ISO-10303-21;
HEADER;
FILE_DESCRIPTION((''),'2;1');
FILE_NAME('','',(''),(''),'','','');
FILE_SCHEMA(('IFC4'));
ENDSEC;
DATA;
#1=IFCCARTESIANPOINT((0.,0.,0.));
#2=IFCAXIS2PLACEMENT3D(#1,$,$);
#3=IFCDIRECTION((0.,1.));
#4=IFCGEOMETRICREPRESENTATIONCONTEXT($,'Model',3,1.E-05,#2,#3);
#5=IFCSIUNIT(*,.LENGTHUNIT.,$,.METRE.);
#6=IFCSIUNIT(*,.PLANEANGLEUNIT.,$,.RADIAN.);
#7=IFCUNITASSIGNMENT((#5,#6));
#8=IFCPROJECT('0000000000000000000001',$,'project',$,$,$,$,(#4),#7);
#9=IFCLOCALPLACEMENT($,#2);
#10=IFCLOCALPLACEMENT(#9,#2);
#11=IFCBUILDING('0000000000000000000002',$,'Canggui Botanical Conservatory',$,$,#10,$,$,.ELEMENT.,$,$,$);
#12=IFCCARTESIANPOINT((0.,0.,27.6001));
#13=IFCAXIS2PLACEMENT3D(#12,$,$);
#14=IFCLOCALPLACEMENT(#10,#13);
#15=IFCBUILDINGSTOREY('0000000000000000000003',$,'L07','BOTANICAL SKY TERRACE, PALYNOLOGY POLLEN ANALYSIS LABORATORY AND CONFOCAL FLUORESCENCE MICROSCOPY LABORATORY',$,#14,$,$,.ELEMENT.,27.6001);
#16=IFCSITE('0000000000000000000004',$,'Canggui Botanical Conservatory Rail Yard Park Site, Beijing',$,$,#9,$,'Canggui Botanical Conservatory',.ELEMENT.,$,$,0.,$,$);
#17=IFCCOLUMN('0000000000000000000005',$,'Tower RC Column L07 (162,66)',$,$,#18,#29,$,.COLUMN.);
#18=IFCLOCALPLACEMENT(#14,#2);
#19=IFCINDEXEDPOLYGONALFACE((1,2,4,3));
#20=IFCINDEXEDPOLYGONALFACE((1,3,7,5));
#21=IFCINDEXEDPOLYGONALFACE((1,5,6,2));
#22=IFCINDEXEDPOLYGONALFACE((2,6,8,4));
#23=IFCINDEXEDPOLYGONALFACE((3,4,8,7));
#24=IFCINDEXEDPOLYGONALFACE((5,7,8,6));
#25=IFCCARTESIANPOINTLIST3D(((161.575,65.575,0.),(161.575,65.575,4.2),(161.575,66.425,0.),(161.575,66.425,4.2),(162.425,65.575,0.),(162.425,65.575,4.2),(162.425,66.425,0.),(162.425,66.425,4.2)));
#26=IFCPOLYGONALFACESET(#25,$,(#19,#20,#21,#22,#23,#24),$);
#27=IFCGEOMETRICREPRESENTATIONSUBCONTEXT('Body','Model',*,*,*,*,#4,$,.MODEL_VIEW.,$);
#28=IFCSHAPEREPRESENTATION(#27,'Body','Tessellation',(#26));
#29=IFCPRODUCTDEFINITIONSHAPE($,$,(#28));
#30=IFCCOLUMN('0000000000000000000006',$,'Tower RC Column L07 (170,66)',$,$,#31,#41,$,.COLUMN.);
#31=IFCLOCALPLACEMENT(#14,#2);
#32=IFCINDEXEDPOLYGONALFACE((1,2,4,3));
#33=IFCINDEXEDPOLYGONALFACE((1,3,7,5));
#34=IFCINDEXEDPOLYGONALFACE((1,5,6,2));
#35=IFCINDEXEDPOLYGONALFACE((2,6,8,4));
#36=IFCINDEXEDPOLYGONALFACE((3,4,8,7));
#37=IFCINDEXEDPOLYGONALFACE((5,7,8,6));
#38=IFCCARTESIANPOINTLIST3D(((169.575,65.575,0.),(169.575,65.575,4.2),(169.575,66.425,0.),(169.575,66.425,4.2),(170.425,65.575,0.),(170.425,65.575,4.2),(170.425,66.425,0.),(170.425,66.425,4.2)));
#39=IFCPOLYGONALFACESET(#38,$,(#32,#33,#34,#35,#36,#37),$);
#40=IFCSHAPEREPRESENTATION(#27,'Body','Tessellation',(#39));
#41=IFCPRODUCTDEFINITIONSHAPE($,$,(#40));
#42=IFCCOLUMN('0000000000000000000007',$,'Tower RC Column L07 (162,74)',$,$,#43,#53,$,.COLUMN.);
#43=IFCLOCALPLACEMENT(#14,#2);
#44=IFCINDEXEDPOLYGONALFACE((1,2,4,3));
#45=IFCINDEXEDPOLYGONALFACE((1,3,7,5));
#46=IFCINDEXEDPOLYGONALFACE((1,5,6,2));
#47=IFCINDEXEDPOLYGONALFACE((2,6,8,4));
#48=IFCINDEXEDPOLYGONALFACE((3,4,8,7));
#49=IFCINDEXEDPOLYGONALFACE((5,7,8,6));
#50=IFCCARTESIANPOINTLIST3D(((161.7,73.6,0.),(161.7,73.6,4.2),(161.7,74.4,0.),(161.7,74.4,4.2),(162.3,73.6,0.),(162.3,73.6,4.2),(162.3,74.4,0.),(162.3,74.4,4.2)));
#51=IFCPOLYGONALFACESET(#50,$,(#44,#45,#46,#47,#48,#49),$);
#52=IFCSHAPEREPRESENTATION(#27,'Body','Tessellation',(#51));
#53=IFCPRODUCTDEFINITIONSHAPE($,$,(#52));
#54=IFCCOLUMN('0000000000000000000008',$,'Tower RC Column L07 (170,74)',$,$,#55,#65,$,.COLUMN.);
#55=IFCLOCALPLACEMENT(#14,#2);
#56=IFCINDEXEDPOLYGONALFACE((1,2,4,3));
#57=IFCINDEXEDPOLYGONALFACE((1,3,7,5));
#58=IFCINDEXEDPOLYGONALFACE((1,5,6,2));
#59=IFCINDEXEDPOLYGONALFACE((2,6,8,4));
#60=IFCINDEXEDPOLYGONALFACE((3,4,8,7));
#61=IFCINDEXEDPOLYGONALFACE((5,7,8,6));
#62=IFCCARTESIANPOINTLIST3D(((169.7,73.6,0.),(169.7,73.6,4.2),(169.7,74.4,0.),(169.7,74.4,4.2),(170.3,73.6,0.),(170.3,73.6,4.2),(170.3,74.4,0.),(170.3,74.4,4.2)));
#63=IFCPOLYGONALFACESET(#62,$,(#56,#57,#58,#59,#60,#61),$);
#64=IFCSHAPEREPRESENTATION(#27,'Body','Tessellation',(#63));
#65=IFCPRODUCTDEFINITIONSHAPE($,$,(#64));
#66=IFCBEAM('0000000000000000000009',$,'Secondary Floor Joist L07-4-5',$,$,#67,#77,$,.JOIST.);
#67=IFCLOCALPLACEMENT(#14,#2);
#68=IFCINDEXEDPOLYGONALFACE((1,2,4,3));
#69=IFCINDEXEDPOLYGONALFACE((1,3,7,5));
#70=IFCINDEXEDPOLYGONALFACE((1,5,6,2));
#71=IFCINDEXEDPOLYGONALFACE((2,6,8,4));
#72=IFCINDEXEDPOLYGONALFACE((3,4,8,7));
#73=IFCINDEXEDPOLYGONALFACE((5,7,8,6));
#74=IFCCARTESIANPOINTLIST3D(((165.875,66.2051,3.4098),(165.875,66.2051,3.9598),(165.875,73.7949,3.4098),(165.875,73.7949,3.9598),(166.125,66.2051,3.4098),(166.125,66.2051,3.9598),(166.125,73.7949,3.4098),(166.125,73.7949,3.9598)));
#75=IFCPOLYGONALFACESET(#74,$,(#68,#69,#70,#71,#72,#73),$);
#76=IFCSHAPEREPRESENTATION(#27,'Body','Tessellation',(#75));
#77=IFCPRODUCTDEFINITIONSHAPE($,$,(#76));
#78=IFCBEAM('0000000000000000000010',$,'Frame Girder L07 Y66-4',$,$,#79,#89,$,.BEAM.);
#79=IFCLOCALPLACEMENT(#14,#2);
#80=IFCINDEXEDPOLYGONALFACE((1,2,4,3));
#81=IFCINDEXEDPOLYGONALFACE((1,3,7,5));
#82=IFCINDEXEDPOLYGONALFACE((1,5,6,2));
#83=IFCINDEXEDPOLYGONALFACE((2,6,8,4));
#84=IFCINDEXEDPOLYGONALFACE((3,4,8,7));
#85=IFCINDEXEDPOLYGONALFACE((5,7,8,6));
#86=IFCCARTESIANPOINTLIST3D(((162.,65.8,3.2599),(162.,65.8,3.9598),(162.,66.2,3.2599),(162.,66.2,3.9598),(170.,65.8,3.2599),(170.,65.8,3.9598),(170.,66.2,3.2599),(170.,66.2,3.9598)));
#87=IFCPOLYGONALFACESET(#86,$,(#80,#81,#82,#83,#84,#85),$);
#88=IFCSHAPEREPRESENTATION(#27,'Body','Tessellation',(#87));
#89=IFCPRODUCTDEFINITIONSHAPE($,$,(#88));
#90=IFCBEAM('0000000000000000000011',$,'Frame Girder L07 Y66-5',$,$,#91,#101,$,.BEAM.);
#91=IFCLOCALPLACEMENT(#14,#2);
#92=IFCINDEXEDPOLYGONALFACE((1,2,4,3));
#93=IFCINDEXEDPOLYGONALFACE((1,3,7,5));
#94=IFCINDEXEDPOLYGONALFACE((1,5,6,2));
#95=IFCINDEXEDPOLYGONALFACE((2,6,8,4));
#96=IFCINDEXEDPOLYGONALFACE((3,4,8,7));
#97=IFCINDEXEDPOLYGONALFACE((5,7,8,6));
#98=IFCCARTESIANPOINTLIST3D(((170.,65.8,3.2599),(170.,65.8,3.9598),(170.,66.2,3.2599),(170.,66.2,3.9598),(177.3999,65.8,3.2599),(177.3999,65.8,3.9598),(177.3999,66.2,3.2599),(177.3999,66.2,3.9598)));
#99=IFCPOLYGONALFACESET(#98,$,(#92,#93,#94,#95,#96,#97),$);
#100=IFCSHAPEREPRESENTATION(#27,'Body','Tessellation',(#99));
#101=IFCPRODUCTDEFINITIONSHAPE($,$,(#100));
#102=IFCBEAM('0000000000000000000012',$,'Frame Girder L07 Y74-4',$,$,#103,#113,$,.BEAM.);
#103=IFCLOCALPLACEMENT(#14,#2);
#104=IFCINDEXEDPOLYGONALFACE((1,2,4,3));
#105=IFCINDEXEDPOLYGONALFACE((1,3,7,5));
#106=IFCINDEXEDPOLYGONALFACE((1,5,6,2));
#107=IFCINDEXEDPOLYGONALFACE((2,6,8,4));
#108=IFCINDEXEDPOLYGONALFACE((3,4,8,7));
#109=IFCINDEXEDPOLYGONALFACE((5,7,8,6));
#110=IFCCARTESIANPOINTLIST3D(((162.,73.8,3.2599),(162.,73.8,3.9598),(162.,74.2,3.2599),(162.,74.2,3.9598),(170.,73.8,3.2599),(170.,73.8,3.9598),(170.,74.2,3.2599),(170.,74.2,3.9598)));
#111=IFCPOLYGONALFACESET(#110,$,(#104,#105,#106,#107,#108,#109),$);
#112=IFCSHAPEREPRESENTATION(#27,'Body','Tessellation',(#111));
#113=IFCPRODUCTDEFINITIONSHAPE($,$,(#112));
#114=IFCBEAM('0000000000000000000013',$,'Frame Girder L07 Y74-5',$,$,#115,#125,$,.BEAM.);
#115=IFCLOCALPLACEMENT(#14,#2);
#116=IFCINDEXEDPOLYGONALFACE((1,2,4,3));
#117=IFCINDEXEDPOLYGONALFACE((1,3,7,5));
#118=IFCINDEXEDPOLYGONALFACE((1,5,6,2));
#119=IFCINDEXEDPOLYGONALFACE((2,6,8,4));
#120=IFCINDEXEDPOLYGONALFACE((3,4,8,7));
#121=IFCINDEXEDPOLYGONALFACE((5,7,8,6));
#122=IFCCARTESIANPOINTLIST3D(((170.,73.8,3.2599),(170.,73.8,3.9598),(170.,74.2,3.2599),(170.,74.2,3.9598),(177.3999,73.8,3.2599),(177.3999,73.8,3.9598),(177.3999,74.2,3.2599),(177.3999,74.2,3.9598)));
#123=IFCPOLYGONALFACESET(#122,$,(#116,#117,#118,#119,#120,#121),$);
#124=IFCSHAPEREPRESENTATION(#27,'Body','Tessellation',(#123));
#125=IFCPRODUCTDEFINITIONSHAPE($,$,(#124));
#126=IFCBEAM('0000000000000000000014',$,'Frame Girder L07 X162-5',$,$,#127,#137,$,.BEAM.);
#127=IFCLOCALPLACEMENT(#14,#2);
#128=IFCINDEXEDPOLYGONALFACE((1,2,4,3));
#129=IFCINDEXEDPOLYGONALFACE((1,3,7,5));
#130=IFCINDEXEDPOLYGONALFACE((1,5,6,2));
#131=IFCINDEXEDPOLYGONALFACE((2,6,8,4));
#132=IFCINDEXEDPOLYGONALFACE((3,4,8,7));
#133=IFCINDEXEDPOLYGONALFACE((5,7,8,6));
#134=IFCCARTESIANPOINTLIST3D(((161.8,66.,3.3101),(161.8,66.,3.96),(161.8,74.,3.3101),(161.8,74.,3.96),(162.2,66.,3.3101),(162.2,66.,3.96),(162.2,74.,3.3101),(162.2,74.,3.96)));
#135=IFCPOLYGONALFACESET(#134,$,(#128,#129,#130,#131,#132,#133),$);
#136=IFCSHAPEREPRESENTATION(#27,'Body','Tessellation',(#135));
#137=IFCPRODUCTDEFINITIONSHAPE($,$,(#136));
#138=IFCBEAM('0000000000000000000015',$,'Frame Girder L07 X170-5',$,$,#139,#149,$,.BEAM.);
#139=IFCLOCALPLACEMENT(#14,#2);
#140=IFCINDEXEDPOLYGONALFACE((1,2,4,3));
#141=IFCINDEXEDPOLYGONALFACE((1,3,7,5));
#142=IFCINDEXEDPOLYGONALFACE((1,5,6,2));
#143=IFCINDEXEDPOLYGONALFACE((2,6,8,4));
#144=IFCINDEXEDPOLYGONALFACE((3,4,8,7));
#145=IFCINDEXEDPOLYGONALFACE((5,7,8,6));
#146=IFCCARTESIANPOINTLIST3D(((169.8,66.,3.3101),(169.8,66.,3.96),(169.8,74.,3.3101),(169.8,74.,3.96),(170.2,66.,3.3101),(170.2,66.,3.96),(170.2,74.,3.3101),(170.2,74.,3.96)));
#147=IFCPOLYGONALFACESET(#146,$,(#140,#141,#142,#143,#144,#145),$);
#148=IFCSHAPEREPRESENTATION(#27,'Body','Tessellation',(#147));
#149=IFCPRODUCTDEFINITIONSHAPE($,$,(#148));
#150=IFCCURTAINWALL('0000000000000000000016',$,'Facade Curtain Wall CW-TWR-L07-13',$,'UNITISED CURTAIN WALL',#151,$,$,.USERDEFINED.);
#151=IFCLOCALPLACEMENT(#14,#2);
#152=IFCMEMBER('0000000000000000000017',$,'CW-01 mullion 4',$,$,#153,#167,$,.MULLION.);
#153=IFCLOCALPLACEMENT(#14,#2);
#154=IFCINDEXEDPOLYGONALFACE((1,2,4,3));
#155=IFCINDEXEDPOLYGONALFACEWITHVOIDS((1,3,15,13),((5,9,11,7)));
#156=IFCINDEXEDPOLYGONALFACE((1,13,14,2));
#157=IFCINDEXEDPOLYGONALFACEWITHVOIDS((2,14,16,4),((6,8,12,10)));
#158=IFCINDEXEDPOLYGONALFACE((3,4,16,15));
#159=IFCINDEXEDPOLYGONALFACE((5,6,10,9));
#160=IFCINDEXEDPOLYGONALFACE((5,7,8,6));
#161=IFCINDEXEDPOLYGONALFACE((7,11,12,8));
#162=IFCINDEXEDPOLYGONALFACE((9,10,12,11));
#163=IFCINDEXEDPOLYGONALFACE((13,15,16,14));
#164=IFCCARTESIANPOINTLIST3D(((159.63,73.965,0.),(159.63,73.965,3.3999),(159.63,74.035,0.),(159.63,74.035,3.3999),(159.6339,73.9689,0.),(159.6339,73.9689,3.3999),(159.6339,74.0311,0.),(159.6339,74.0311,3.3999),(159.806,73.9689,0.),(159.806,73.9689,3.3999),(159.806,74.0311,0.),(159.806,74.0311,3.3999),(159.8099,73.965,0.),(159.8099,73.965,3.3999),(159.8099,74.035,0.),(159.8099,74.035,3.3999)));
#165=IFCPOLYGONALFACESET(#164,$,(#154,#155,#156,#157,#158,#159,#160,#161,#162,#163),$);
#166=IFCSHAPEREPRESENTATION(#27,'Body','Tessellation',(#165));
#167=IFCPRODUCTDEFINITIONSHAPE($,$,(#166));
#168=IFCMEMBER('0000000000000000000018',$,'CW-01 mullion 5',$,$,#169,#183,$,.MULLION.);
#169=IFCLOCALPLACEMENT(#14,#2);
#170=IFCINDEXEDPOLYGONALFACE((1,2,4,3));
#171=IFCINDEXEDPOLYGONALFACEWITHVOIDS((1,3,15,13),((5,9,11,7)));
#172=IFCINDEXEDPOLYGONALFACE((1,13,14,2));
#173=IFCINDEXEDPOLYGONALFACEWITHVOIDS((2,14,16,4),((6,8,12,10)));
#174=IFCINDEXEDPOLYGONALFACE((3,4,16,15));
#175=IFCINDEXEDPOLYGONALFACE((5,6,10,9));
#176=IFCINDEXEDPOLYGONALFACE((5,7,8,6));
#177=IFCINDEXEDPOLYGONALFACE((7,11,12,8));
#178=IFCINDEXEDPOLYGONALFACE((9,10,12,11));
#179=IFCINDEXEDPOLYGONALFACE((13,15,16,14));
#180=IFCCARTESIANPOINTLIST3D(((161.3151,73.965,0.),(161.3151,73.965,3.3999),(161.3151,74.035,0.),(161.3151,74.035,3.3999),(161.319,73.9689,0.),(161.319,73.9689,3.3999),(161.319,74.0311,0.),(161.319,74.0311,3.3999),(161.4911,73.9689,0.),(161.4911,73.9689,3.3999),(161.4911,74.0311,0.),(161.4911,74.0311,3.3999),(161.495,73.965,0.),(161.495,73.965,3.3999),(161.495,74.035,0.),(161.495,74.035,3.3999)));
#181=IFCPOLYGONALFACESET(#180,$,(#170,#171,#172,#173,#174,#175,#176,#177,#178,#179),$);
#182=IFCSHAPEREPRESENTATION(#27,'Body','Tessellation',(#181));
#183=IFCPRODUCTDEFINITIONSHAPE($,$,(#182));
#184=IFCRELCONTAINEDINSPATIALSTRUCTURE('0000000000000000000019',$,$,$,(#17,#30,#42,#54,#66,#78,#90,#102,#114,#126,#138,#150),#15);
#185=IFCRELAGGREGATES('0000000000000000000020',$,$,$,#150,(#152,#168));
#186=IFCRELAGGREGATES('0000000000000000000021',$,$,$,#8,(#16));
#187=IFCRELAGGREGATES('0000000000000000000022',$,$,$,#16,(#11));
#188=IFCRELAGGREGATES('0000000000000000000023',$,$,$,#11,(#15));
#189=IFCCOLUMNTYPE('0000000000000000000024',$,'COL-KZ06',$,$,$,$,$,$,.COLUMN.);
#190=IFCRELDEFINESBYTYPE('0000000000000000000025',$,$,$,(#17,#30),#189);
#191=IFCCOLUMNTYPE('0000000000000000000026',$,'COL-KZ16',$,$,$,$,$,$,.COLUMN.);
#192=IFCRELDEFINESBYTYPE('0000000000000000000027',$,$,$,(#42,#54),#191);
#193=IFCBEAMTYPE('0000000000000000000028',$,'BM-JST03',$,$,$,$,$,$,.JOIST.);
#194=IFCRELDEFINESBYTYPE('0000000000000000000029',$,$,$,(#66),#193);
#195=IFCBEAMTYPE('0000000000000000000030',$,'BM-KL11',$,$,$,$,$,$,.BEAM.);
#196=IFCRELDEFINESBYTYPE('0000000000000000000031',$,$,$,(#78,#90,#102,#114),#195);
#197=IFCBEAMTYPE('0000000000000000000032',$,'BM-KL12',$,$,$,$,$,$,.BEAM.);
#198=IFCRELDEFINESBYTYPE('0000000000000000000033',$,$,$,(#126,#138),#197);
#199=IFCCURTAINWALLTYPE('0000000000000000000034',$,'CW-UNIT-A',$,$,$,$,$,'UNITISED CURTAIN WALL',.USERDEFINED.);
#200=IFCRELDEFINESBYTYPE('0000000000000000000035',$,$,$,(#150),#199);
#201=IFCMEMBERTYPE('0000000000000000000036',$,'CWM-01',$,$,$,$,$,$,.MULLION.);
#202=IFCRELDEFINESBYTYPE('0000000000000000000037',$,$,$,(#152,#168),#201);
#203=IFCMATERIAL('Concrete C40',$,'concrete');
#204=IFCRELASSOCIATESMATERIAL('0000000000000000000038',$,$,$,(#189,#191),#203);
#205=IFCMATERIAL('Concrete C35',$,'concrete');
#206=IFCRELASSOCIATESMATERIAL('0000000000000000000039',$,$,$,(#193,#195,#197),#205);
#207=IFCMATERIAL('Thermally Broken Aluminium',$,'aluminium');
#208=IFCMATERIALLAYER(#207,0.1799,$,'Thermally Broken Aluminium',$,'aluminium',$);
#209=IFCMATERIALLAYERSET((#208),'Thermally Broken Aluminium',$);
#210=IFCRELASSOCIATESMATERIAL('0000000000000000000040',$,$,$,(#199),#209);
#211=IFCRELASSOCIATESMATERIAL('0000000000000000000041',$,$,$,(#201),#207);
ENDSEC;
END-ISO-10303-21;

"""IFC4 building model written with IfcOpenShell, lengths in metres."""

from ifc_helpers import new_model, si_unit, direction, frame, origin, origin_2d, place, context, subcontext, project, spatial, rectangle, hollow_rectangle, extrude, material, layer, layer_set, material_profile, profile_set, type_object, element, aggregate, save


model = new_model("IFC4")

# Units and contexts
model_context = context("Model", 3, precision=1e-05, world=origin(), true_north=direction((0.0, 1.0)))
body_context = subcontext(model_context, "Body", "Model", "MODEL_VIEW")
ifc_project = project(units=[si_unit("LENGTHUNIT", "METRE"), si_unit("PLANEANGLEUNIT", "RADIAN")], contexts=[model_context])

# Site, building, storey
site_placement = place(None, origin())
site = spatial("IfcSite", under=ifc_project, at=site_placement, Name="Canggui Botanical Conservatory Rail Yard Park Site, Beijing", LongName="Canggui Botanical Conservatory", CompositionType="ELEMENT", RefElevation=0.0)
building_placement = place(site_placement, origin())
building = spatial("IfcBuilding", under=site, at=building_placement, Name="Canggui Botanical Conservatory", CompositionType="ELEMENT")
storey_placement = place(building_placement, frame((0.0, 0.0, 27.6001)))
storey = spatial("IfcBuildingStorey", under=building, at=storey_placement, Name="L07", Description="BOTANICAL SKY TERRACE, PALYNOLOGY POLLEN ANALYSIS LABORATORY AND CONFOCAL FLUORESCENCE MICROSCOPY LABORATORY", CompositionType="ELEMENT", Elevation=27.6001)

# Columns
ifc_material_1 = material(Name="Concrete C40", Category="concrete")
ifc_material_profile_1 = material_profile(ifc_material_1, rectangle(XDim=0.8501, YDim=0.8501, at=origin_2d()), Name="RC 850x850")
ifc_profile_set_1 = profile_set([ifc_material_profile_1], Name="Concrete C40")
column_type_1 = type_object("IfcColumnType", Name="COL-KZ06", PredefinedType="COLUMN", material=ifc_profile_set_1)
for number, where, z_axis, x_axis, name in (
    (1, (162.0, 66.0, 0.0), (0.0, 0.0, 1.0), (1.0, 0.0, 0.0), "Tower RC Column L07 (162,66)"),
    (2, (170.0, 66.0, 0.0), (0.0, 0.0, 1.0), (1.0, 0.0, 0.0), "Tower RC Column L07 (170,66)"),
):
    element("IfcColumn", number, at=place(storey_placement, frame(where, z_axis=z_axis, x_axis=x_axis)), inside=storey, type_object=column_type_1, Name=name, PredefinedType="COLUMN", context=body_context, shape_type="SweptSolid", body=[
        extrude(rectangle(XDim=0.8501, YDim=0.8501, at=origin_2d()), origin(), (0.0, 0.0, 1.0), 4.2),
    ])
ifc_material_profile_2 = material_profile(ifc_material_1, rectangle(XDim=0.6001, YDim=0.8, at=origin_2d()), Name="RC 600x800")
ifc_profile_set_2 = profile_set([ifc_material_profile_2], Name="Concrete C40")
column_type_2 = type_object("IfcColumnType", Name="COL-KZ16", PredefinedType="COLUMN", material=ifc_profile_set_2)
for number, where, z_axis, x_axis, name in (
    (3, (162.0, 74.0, 0.0), (0.0, 0.0, 1.0), (1.0, 0.0, 0.0), "Tower RC Column L07 (162,74)"),
    (4, (170.0, 74.0, 0.0), (0.0, 0.0, 1.0), (1.0, 0.0, 0.0), "Tower RC Column L07 (170,74)"),
):
    element("IfcColumn", number, at=place(storey_placement, frame(where, z_axis=z_axis, x_axis=x_axis)), inside=storey, type_object=column_type_2, Name=name, PredefinedType="COLUMN", context=body_context, shape_type="SweptSolid", body=[
        extrude(rectangle(XDim=0.6001, YDim=0.8, at=origin_2d()), origin(), (0.0, 0.0, 1.0), 4.2),
    ])

# Beams
ifc_material_2 = material(Name="Concrete C35", Category="concrete")
ifc_material_profile_3 = material_profile(ifc_material_2, rectangle(XDim=0.25, YDim=0.55, at=origin_2d()), Name="RB 250x550")
ifc_profile_set_3 = profile_set([ifc_material_profile_3], Name="Concrete C35")
beam_type_1 = type_object("IfcBeamType", Name="BM-JST03", PredefinedType="JOIST", material=ifc_profile_set_3)
beam_1_placement = place(storey_placement, frame((166.0, 66.2051, 3.6848), z_axis=(0.0, 1.0, 0.0), x_axis=(-1.0, 0.0, 0.0)))
element("IfcBeam", 5, at=beam_1_placement, inside=storey, type_object=beam_type_1, Name="Secondary Floor Joist L07-4-5", PredefinedType="JOIST", context=body_context, shape_type="SweptSolid", body=[
    extrude(rectangle(XDim=0.25, YDim=0.55, at=origin_2d()), origin(), (0.0, 0.0, 1.0), 7.5898),
])
ifc_material_profile_4 = material_profile(ifc_material_2, rectangle(XDim=0.3999, YDim=0.7, at=origin_2d()), Name="RB 400x700")
ifc_profile_set_4 = profile_set([ifc_material_profile_4], Name="Concrete C35")
beam_type_2 = type_object("IfcBeamType", Name="BM-KL11", PredefinedType="BEAM", material=ifc_profile_set_4)
beam_2_placement = place(storey_placement, frame((162.0, 66.0, 3.6099), z_axis=(1.0, 0.0, 0.0), x_axis=(0.0, 1.0, 0.0)))
element("IfcBeam", 6, at=beam_2_placement, inside=storey, type_object=beam_type_2, Name="Frame Girder L07 Y66-4", PredefinedType="BEAM", context=body_context, shape_type="SweptSolid", body=[
    extrude(rectangle(XDim=0.3999, YDim=0.7, at=origin_2d()), origin(), (0.0, 0.0, 1.0), 8.0),
])
beam_3_placement = place(storey_placement, frame((170.0, 66.0, 3.6099), z_axis=(1.0, 0.0, 0.0), x_axis=(0.0, 1.0, 0.0)))
element("IfcBeam", 7, at=beam_3_placement, inside=storey, type_object=beam_type_2, Name="Frame Girder L07 Y66-5", PredefinedType="BEAM", context=body_context, shape_type="SweptSolid", body=[
    extrude(rectangle(XDim=0.3999, YDim=0.7, at=origin_2d()), origin(), (0.0, 0.0, 1.0), 7.3999),
])
beam_4_placement = place(storey_placement, frame((162.0, 74.0, 3.6099), z_axis=(1.0, 0.0, 0.0), x_axis=(0.0, 1.0, 0.0)))
element("IfcBeam", 8, at=beam_4_placement, inside=storey, type_object=beam_type_2, Name="Frame Girder L07 Y74-4", PredefinedType="BEAM", context=body_context, shape_type="SweptSolid", body=[
    extrude(rectangle(XDim=0.3999, YDim=0.7, at=origin_2d()), origin(), (0.0, 0.0, 1.0), 8.0),
])
beam_5_placement = place(storey_placement, frame((170.0, 74.0, 3.6099), z_axis=(1.0, 0.0, 0.0), x_axis=(0.0, 1.0, 0.0)))
element("IfcBeam", 9, at=beam_5_placement, inside=storey, type_object=beam_type_2, Name="Frame Girder L07 Y74-5", PredefinedType="BEAM", context=body_context, shape_type="SweptSolid", body=[
    extrude(rectangle(XDim=0.3999, YDim=0.7, at=origin_2d()), origin(), (0.0, 0.0, 1.0), 7.3999),
])
ifc_material_profile_5 = material_profile(ifc_material_2, rectangle(XDim=0.3999, YDim=0.6499, at=origin_2d()), Name="RB 400x650")
ifc_profile_set_5 = profile_set([ifc_material_profile_5], Name="Concrete C35")
beam_type_3 = type_object("IfcBeamType", Name="BM-KL12", PredefinedType="BEAM", material=ifc_profile_set_5)
for number, where, z_axis, x_axis, name in (
    (10, (162.0, 66.0, 3.635), (0.0, 1.0, 0.0), (-1.0, 0.0, 0.0), "Frame Girder L07 X162-5"),
    (11, (170.0, 66.0, 3.635), (0.0, 1.0, 0.0), (-1.0, 0.0, 0.0), "Frame Girder L07 X170-5"),
):
    element("IfcBeam", number, at=place(storey_placement, frame(where, z_axis=z_axis, x_axis=x_axis)), inside=storey, type_object=beam_type_3, Name=name, PredefinedType="BEAM", context=body_context, shape_type="SweptSolid", body=[
        extrude(rectangle(XDim=0.3999, YDim=0.6499, at=origin_2d()), origin(), (0.0, 0.0, 1.0), 8.0),
    ])

# Curtain wall, members
ifc_material_3 = material(Name="Thermally Broken Aluminium", Category="aluminium")
ifc_layer_1 = layer(ifc_material_3, 0.1799, Name="Thermally Broken Aluminium", Category="aluminium")
ifc_layer_set_1 = layer_set([ifc_layer_1], Name="Thermally Broken Aluminium")
curtain_wall_type = type_object("IfcCurtainWallType", Name="CW-UNIT-A", ElementType="UNITISED CURTAIN WALL", PredefinedType="USERDEFINED", material=ifc_layer_set_1)
curtain_wall_1_placement = place(storey_placement, origin())
curtain_wall_1 = element("IfcCurtainWall", 12, at=curtain_wall_1_placement, inside=storey, type_object=curtain_wall_type, Name="Facade Curtain Wall CW-TWR-L07-13", ObjectType="UNITISED CURTAIN WALL", PredefinedType="USERDEFINED")
ifc_material_profile_6 = material_profile(ifc_material_3, hollow_rectangle(XDim=0.0701, YDim=0.1799, WallThickness=0.0039, at=origin_2d()), Name="CWM 70x180x4")
ifc_profile_set_6 = profile_set([ifc_material_profile_6], Name="Thermally Broken Aluminium")
member_type_1 = type_object("IfcMemberType", Name="CWM-01", PredefinedType="MULLION", material=ifc_profile_set_6)
member_1_placement = place(storey_placement, frame((159.72, 74.0, 0.0), z_axis=(0.0, 0.0, 1.0), x_axis=(0.0, 1.0, 0.0)))
member_1 = element("IfcMember", 13, at=member_1_placement, type_object=member_type_1, Name="CW-01 mullion 4", PredefinedType="MULLION", context=body_context, shape_type="SweptSolid", body=[
    extrude(hollow_rectangle(XDim=0.0701, YDim=0.1799, WallThickness=0.0039, at=origin_2d()), origin(), (0.0, 0.0, 1.0), 3.3999),
])
member_2_placement = place(storey_placement, frame((161.405, 74.0, 0.0), z_axis=(0.0, 0.0, 1.0), x_axis=(0.0, 1.0, 0.0)))
member_2 = element("IfcMember", 14, at=member_2_placement, type_object=member_type_1, Name="CW-01 mullion 5", PredefinedType="MULLION", context=body_context, shape_type="SweptSolid", body=[
    extrude(hollow_rectangle(XDim=0.0701, YDim=0.1799, WallThickness=0.0039, at=origin_2d()), origin(), (0.0, 0.0, 1.0), 3.3999),
])

aggregate(curtain_wall_1, [member_1, member_2])

save(model, "model.ifc")
